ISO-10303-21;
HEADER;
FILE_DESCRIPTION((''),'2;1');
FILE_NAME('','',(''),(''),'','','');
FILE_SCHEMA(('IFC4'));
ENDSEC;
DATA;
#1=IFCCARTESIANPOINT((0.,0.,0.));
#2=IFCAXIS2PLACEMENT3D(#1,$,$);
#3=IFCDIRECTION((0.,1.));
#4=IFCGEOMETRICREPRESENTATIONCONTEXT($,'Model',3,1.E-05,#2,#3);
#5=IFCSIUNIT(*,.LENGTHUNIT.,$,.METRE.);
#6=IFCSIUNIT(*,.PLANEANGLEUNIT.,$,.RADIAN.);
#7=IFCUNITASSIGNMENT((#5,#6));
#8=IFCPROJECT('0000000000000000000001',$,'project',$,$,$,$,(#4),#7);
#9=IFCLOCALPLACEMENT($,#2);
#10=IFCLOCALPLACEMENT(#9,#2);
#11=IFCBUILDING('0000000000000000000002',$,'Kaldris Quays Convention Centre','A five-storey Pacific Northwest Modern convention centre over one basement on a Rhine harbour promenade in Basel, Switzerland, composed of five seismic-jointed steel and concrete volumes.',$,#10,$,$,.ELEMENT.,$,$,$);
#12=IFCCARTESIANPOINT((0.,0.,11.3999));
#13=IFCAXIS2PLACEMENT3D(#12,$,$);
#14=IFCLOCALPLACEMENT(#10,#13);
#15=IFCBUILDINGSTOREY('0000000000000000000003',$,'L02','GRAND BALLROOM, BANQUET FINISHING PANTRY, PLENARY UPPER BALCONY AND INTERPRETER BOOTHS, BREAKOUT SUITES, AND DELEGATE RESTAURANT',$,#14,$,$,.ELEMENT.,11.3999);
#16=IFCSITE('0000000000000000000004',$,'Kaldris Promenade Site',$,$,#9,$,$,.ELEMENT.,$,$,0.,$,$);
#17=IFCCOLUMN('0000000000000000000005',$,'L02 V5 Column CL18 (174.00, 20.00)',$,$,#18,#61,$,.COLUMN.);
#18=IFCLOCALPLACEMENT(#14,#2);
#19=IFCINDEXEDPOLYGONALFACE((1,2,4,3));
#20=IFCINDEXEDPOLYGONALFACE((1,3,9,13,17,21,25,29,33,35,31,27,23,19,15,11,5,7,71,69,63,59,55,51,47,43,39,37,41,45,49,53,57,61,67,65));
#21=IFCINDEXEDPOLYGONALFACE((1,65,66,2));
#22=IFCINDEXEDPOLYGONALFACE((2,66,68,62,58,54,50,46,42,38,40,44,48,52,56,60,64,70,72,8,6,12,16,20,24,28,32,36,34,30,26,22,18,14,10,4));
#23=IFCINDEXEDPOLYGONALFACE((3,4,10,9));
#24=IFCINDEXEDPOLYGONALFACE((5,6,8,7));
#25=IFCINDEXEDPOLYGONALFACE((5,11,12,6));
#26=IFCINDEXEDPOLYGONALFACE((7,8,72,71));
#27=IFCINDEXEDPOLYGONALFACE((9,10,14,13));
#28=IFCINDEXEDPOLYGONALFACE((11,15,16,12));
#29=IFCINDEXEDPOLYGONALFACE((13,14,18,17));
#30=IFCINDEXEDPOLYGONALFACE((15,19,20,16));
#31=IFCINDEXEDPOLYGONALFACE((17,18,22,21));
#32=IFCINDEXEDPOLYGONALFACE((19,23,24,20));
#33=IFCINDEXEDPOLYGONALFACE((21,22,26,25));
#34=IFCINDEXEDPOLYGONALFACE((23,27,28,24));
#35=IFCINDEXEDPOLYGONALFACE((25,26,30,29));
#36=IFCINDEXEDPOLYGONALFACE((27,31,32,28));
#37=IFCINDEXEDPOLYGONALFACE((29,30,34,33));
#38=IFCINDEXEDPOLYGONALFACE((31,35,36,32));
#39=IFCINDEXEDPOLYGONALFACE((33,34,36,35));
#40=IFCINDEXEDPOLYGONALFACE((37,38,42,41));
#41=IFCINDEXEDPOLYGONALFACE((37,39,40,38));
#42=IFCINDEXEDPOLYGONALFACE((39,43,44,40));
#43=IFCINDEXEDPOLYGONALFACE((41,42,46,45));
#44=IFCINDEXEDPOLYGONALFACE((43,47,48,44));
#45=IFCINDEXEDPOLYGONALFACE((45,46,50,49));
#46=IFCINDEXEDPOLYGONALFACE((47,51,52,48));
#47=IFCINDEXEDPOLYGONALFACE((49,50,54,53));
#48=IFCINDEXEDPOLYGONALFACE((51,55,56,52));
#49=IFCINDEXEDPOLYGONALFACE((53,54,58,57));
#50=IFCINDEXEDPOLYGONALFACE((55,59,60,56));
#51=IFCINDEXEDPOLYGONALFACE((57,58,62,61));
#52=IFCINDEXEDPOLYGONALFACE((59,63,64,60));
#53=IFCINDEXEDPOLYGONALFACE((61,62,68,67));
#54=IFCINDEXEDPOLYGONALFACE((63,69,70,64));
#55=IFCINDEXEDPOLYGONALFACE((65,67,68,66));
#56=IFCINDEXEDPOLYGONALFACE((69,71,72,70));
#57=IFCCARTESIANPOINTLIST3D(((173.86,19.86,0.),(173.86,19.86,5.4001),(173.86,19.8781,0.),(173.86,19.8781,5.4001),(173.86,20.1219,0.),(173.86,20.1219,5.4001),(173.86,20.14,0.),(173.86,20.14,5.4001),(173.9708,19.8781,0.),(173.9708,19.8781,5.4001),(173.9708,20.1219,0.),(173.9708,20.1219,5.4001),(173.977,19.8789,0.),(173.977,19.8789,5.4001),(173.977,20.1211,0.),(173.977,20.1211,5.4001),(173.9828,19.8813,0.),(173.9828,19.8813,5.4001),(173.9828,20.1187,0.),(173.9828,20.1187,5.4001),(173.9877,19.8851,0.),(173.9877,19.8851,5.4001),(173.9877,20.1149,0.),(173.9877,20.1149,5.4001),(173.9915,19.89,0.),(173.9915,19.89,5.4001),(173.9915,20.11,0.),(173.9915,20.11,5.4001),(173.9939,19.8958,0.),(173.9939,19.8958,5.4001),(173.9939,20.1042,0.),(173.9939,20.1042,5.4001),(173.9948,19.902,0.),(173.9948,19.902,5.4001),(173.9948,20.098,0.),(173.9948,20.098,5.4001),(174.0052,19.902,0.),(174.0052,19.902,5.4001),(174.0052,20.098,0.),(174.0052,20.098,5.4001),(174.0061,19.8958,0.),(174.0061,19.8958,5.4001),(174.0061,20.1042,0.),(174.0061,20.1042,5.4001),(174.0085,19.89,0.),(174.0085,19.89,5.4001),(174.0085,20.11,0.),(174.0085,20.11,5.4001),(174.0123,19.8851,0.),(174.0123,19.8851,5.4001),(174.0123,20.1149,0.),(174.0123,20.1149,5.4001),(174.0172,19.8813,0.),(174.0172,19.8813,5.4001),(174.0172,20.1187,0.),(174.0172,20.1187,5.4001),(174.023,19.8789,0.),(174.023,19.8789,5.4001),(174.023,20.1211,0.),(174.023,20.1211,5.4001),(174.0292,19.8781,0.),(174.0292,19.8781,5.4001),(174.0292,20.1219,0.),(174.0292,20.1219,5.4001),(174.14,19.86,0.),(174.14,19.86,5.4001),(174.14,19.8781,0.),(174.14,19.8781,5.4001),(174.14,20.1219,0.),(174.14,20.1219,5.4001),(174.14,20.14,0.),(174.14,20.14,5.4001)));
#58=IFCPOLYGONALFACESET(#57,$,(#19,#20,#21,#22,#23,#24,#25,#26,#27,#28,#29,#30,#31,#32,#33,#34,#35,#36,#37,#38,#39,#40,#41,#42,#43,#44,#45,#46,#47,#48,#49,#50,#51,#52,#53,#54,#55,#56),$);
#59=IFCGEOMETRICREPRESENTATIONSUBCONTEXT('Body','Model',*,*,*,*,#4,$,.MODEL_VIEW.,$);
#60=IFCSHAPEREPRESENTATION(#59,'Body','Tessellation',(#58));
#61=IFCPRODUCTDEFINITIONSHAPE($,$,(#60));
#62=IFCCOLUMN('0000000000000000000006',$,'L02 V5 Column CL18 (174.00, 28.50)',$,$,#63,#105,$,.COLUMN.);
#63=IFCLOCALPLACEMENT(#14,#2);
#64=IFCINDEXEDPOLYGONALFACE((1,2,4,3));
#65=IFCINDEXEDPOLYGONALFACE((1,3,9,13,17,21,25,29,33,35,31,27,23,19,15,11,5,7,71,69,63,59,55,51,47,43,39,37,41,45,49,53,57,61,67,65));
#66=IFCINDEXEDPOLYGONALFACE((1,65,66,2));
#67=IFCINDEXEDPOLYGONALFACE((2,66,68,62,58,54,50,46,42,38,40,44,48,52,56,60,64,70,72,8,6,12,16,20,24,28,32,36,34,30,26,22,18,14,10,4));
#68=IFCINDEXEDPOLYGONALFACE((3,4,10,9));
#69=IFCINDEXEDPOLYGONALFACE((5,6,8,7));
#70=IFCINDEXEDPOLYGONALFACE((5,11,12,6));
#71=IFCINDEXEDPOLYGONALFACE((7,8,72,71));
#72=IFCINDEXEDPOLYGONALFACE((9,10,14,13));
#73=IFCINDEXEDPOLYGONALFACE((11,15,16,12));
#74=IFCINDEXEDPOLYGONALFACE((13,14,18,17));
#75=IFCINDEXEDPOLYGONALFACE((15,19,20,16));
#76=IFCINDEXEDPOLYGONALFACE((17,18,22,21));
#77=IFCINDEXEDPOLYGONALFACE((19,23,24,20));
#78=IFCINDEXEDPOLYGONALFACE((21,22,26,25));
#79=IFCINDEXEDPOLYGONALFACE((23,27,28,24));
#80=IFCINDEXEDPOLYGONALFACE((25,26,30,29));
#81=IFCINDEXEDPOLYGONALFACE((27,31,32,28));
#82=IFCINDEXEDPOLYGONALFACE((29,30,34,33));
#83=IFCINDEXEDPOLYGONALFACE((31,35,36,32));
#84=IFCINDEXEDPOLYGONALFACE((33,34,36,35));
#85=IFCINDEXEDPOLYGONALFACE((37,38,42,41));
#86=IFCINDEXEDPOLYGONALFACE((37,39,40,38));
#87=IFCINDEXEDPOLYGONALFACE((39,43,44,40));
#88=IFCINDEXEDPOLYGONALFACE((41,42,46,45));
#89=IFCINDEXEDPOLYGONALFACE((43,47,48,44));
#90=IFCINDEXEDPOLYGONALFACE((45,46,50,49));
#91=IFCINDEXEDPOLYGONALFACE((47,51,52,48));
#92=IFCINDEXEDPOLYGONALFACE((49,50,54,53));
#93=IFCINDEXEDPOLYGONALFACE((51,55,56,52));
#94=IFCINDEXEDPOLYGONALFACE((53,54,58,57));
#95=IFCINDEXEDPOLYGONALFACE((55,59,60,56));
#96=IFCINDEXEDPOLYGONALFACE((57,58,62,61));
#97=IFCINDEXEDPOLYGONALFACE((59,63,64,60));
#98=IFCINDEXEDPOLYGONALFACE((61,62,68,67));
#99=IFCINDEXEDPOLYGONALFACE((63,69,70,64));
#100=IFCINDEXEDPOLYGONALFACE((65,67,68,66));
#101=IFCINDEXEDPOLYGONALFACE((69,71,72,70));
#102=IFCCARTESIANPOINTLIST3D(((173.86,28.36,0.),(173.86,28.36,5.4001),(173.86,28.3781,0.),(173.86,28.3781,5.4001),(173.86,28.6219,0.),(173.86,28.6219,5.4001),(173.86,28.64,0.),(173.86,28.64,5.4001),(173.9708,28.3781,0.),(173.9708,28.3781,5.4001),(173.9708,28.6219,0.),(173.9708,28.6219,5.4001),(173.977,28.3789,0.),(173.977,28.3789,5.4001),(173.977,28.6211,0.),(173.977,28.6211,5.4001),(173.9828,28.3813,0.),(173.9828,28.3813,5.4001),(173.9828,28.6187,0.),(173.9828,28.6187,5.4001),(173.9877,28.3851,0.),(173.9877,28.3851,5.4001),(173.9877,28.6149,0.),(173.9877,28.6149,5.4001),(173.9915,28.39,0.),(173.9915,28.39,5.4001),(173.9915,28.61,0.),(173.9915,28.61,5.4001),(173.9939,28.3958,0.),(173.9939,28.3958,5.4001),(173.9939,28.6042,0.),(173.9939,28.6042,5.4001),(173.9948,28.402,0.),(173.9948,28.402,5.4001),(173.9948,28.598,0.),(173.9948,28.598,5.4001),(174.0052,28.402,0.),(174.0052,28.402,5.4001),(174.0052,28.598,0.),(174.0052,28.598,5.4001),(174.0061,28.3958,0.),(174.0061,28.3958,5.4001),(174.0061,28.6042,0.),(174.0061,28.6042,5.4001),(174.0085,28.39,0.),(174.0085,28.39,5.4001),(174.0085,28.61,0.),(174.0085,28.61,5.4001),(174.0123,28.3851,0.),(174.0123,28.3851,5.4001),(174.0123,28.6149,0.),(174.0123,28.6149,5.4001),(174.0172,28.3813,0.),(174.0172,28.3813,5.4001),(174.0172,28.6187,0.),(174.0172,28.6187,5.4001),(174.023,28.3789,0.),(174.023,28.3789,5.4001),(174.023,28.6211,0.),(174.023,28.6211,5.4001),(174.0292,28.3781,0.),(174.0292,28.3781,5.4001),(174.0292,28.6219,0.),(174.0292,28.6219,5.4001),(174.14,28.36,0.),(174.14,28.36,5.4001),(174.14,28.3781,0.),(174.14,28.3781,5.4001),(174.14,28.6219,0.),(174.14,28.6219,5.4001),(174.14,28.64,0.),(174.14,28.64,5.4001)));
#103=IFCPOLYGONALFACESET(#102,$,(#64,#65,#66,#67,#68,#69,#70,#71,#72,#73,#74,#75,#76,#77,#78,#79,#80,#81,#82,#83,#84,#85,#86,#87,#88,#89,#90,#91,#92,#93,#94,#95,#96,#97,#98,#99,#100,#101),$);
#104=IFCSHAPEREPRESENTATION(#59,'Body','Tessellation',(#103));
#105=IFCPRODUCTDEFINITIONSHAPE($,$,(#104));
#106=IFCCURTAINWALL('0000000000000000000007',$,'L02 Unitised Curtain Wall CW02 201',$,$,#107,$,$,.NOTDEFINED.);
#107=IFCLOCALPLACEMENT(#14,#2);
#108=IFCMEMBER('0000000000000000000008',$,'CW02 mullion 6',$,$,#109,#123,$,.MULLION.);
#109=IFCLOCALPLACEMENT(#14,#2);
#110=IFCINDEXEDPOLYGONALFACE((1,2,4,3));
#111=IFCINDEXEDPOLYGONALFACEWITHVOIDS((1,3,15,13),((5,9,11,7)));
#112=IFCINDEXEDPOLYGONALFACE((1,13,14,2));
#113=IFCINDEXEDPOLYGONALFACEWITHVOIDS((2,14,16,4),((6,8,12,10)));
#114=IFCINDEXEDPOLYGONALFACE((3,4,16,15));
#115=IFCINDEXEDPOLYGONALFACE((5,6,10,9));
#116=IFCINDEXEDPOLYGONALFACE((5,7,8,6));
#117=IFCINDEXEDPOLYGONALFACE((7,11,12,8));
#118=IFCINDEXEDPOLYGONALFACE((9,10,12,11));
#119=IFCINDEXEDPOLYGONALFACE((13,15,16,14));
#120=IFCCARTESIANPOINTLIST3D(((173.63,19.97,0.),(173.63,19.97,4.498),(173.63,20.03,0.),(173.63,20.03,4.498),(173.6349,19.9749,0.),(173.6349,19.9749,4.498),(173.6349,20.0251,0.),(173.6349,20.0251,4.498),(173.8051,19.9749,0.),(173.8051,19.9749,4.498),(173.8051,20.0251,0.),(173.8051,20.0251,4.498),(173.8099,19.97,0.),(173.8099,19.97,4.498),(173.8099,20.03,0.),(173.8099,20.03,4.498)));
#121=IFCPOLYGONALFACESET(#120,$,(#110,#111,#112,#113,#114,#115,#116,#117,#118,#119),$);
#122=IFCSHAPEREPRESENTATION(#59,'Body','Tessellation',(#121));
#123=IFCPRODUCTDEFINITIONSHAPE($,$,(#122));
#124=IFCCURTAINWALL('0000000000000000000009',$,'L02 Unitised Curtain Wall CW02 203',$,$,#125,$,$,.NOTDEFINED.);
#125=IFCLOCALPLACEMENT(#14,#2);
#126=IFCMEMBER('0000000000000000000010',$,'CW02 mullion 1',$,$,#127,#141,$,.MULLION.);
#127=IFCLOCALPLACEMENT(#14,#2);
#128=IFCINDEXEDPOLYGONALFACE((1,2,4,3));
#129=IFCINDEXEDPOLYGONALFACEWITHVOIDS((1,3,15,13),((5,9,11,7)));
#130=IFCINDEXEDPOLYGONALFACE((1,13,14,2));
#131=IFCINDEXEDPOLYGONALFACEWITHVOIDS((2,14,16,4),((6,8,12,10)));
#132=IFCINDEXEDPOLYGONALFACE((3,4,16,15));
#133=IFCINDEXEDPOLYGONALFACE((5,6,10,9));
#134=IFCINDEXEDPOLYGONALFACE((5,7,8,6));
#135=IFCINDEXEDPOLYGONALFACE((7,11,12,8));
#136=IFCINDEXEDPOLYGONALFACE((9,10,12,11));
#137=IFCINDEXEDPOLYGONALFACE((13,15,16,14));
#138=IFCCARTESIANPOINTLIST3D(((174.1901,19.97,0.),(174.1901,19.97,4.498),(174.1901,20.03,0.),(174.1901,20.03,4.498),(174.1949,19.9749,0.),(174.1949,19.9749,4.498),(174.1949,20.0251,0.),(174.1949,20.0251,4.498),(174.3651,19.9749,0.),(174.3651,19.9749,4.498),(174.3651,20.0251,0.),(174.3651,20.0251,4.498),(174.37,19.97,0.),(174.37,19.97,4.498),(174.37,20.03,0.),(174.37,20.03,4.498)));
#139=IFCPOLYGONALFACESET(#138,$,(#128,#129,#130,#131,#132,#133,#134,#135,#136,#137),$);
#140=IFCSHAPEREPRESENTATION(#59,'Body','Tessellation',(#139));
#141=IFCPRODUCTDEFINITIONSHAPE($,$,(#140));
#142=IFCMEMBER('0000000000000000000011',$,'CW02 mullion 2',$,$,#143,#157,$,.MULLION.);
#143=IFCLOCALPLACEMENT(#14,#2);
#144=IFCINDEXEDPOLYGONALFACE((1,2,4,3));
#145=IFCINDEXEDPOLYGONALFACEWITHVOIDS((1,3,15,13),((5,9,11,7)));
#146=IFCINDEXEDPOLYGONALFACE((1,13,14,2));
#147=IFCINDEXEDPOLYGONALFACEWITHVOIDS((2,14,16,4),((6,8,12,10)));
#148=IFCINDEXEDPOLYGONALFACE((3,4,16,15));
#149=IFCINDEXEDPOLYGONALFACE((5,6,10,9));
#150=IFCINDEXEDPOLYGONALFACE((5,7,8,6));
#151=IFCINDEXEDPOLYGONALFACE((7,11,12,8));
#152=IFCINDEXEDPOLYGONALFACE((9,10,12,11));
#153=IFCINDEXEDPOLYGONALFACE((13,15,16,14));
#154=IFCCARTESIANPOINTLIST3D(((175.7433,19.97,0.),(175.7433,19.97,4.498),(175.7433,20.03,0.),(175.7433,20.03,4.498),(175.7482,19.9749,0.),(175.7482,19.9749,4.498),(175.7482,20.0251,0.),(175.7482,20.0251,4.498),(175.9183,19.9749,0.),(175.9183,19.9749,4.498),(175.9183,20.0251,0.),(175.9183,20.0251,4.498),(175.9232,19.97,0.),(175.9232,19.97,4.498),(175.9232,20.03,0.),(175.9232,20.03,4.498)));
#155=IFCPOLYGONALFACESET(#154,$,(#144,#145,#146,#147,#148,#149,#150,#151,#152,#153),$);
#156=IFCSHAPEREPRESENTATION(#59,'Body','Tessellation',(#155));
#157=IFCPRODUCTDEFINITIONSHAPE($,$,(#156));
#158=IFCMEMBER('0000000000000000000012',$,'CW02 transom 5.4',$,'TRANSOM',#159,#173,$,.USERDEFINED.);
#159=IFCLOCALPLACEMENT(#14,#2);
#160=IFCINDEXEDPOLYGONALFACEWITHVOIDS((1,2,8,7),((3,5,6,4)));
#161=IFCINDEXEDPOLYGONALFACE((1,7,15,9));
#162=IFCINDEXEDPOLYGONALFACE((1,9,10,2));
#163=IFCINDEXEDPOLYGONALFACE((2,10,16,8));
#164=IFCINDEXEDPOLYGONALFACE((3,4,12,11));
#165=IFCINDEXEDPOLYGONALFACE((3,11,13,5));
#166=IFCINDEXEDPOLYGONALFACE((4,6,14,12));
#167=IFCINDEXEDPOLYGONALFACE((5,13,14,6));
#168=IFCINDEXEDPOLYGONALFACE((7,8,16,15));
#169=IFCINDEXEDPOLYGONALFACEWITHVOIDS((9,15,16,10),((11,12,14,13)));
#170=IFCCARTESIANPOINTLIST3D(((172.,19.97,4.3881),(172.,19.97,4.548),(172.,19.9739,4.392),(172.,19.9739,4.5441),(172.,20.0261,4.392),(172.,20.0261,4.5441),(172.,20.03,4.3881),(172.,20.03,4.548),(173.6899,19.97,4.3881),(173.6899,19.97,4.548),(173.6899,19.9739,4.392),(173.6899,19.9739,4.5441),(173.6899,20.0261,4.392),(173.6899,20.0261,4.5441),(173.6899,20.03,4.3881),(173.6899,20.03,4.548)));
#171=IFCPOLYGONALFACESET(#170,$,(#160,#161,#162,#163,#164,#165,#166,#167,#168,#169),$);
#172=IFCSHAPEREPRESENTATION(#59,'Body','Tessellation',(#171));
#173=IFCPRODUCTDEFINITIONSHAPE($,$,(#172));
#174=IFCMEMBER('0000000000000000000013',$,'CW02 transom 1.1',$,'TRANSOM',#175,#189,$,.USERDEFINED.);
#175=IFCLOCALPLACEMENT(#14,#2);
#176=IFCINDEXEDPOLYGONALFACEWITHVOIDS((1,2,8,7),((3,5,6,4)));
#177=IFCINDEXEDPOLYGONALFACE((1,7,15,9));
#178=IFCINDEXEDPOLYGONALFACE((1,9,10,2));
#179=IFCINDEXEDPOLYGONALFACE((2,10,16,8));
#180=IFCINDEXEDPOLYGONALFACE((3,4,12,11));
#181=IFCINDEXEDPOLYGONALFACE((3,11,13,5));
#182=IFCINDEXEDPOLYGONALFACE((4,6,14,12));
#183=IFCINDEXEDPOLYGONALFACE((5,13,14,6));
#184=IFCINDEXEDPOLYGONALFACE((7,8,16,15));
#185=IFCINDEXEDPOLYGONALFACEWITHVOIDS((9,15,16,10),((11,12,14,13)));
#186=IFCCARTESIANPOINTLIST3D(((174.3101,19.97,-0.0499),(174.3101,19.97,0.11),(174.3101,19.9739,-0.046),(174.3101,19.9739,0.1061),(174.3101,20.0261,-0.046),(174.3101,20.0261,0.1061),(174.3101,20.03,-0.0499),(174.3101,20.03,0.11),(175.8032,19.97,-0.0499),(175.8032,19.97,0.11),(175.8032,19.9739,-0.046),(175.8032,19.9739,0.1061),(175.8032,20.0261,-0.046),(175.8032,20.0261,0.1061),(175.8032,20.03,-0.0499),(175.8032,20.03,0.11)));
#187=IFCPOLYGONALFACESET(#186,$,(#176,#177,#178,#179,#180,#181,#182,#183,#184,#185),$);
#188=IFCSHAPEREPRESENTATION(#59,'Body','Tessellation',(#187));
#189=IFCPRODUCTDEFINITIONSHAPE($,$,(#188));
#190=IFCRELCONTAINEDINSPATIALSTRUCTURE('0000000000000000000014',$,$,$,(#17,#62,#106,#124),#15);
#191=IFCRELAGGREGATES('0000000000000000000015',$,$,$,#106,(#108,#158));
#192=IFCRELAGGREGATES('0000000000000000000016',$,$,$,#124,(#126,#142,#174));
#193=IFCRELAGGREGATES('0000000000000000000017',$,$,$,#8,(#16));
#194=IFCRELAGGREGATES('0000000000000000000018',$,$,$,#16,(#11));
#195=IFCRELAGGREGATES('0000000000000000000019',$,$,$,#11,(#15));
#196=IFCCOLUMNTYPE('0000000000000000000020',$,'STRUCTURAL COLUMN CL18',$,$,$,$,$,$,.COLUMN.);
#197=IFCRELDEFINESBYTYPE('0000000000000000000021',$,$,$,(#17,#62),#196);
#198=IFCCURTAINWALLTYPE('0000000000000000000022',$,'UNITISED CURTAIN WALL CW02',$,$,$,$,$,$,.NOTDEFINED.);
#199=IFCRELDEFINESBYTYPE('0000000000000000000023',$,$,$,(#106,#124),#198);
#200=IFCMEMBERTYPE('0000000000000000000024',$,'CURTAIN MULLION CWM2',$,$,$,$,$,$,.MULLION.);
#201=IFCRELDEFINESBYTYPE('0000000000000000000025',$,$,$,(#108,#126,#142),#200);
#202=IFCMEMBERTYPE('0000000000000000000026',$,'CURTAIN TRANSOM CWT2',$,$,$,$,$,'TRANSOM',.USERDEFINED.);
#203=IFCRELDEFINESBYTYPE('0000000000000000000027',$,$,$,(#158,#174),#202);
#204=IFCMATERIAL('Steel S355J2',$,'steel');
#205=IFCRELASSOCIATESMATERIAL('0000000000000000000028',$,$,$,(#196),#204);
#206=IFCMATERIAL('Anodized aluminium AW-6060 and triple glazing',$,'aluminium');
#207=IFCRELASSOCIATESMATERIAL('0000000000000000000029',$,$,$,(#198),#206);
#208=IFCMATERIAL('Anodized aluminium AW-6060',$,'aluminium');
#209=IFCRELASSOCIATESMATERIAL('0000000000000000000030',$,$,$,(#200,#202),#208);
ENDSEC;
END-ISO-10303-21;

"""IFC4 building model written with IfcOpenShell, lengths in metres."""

from ifc_helpers import new_model, si_unit, direction, frame, origin, origin_2d, place, context, subcontext, project, spatial, hollow_rectangle, i_section, extrude, material, material_profile, profile_set, type_object, element, aggregate, save


model = new_model("IFC4")

# Units and contexts
model_context = context("Model", 3, precision=1e-05, world=origin(), true_north=direction((0.0, 1.0)))
body_context = subcontext(model_context, "Body", "Model", "MODEL_VIEW")
ifc_project = project(units=[si_unit("LENGTHUNIT", "METRE"), si_unit("PLANEANGLEUNIT", "RADIAN")], contexts=[model_context])

# Site, building, storey
site_placement = place(None, origin())
site = spatial("IfcSite", under=ifc_project, at=site_placement, Name="Kaldris Promenade Site", CompositionType="ELEMENT", RefElevation=0.0)
building_placement = place(site_placement, origin())
building = spatial("IfcBuilding", under=site, at=building_placement, Name="Kaldris Quays Convention Centre", Description="A five-storey Pacific Northwest Modern convention centre over one basement on a Rhine harbour promenade in Basel, Switzerland, composed of five seismic-jointed steel and concrete volumes.", CompositionType="ELEMENT")
storey_placement = place(building_placement, frame((0.0, 0.0, 11.3999)))
storey = spatial("IfcBuildingStorey", under=building, at=storey_placement, Name="L02", Description="GRAND BALLROOM, BANQUET FINISHING PANTRY, PLENARY UPPER BALCONY AND INTERPRETER BOOTHS, BREAKOUT SUITES, AND DELEGATE RESTAURANT", CompositionType="ELEMENT", Elevation=11.3999)

# Columns
ifc_material_1 = material(Name="Steel S355J2", Category="steel")
ifc_material_profile_1 = material_profile(ifc_material_1, i_section(OverallWidth=0.28, OverallDepth=0.28, WebThickness=0.0105, FlangeThickness=0.0181, FilletRadius=0.0239, at=origin_2d()), Name="HEB 280")
ifc_profile_set_1 = profile_set([ifc_material_profile_1], Name="Steel S355J2")
column_type = type_object("IfcColumnType", Name="STRUCTURAL COLUMN CL18", PredefinedType="COLUMN", material=ifc_profile_set_1)
for number, where, z_axis, x_axis, name in (
    (1, (174.0, 20.0, 0.0), (0.0, 0.0, 1.0), (1.0, 0.0, 0.0), "L02 V5 Column CL18 (174.00, 20.00)"),
    (2, (174.0, 28.5, 0.0), (0.0, 0.0, 1.0), (1.0, 0.0, 0.0), "L02 V5 Column CL18 (174.00, 28.50)"),
):
    element("IfcColumn", number, at=place(storey_placement, frame(where, z_axis=z_axis, x_axis=x_axis)), inside=storey, type_object=column_type, Name=name, PredefinedType="COLUMN", context=body_context, shape_type="SweptSolid", body=[
        extrude(i_section(OverallWidth=0.28, OverallDepth=0.28, WebThickness=0.0105, FlangeThickness=0.0181, FilletRadius=0.0239, at=origin_2d()), origin(), (0.0, 0.0, 1.0), 5.4001),
    ])

# Curtain wall, member
ifc_material_2 = material(Name="Anodized aluminium AW-6060 and triple glazing", Category="aluminium")
curtain_wall_type = type_object("IfcCurtainWallType", Name="UNITISED CURTAIN WALL CW02", PredefinedType="NOTDEFINED", material=ifc_material_2)
curtain_wall_1_placement = place(storey_placement, origin())
curtain_wall_1 = element("IfcCurtainWall", 3, at=curtain_wall_1_placement, inside=storey, type_object=curtain_wall_type, Name="L02 Unitised Curtain Wall CW02 201", PredefinedType="NOTDEFINED")
ifc_material_3 = material(Name="Anodized aluminium AW-6060", Category="aluminium")
ifc_material_profile_2 = material_profile(ifc_material_3, hollow_rectangle(XDim=0.0601, YDim=0.1799, WallThickness=0.0049, at=origin_2d()), Name="RHS 180x60x5")
ifc_profile_set_2 = profile_set([ifc_material_profile_2], Name="Anodized aluminium AW-6060")
member_type_1 = type_object("IfcMemberType", Name="CURTAIN MULLION CWM2", PredefinedType="MULLION", material=ifc_profile_set_2)
member_1_placement = place(storey_placement, frame((173.72, 20.0, 0.0), z_axis=(0.0, 0.0, 1.0), x_axis=(0.0, 1.0, 0.0)))
member_1 = element("IfcMember", 4, at=member_1_placement, type_object=member_type_1, Name="CW02 mullion 6", PredefinedType="MULLION", context=body_context, shape_type="SweptSolid", body=[
    extrude(hollow_rectangle(XDim=0.0601, YDim=0.1799, WallThickness=0.0049, at=origin_2d()), origin(), (0.0, 0.0, 1.0), 4.498),
])

# Curtain wall, members
curtain_wall_2_placement = place(storey_placement, origin())
curtain_wall_2 = element("IfcCurtainWall", 5, at=curtain_wall_2_placement, inside=storey, type_object=curtain_wall_type, Name="L02 Unitised Curtain Wall CW02 203", PredefinedType="NOTDEFINED")
member_2_placement = place(storey_placement, frame((174.28, 20.0, 0.0), z_axis=(0.0, 0.0, 1.0), x_axis=(0.0, 1.0, 0.0)))
member_2 = element("IfcMember", 6, at=member_2_placement, type_object=member_type_1, Name="CW02 mullion 1", PredefinedType="MULLION", context=body_context, shape_type="SweptSolid", body=[
    extrude(hollow_rectangle(XDim=0.0601, YDim=0.1799, WallThickness=0.0049, at=origin_2d()), origin(), (0.0, 0.0, 1.0), 4.498),
])
member_3_placement = place(storey_placement, frame((175.8333, 20.0, 0.0), z_axis=(0.0, 0.0, 1.0), x_axis=(0.0, 1.0, 0.0)))
member_3 = element("IfcMember", 7, at=member_3_placement, type_object=member_type_1, Name="CW02 mullion 2", PredefinedType="MULLION", context=body_context, shape_type="SweptSolid", body=[
    extrude(hollow_rectangle(XDim=0.0601, YDim=0.1799, WallThickness=0.0049, at=origin_2d()), origin(), (0.0, 0.0, 1.0), 4.498),
])

# Members
ifc_material_profile_3 = material_profile(ifc_material_3, hollow_rectangle(XDim=0.0601, YDim=0.1599, WallThickness=0.0039, at=origin_2d()), Name="RHS 160x60x4")
ifc_profile_set_3 = profile_set([ifc_material_profile_3], Name="Anodized aluminium AW-6060")
member_type_2 = type_object("IfcMemberType", Name="CURTAIN TRANSOM CWT2", ElementType="TRANSOM", PredefinedType="USERDEFINED", material=ifc_profile_set_3)
member_4_placement = place(storey_placement, frame((172.0, 20.0, 4.468), z_axis=(1.0, 0.0, 0.0), x_axis=(0.0, 1.0, 0.0)))
member_4 = element("IfcMember", 8, at=member_4_placement, type_object=member_type_2, Name="CW02 transom 5.4", ObjectType="TRANSOM", PredefinedType="USERDEFINED", context=body_context, shape_type="SweptSolid", body=[
    extrude(hollow_rectangle(XDim=0.0601, YDim=0.1599, WallThickness=0.0039, at=origin_2d()), origin(), (0.0, 0.0, 1.0), 1.6899),
])
member_5_placement = place(storey_placement, frame((174.3101, 20.0, 0.03), z_axis=(1.0, 0.0, 0.0), x_axis=(0.0, 1.0, 0.0)))
member_5 = element("IfcMember", 9, at=member_5_placement, type_object=member_type_2, Name="CW02 transom 1.1", ObjectType="TRANSOM", PredefinedType="USERDEFINED", context=body_context, shape_type="SweptSolid", body=[
    extrude(hollow_rectangle(XDim=0.0601, YDim=0.1599, WallThickness=0.0039, at=origin_2d()), origin(), (0.0, 0.0, 1.0), 1.4932),
])

aggregate(curtain_wall_1, [member_1, member_4])
aggregate(curtain_wall_2, [member_2, member_3, member_5])

save(model, "model.ifc")
